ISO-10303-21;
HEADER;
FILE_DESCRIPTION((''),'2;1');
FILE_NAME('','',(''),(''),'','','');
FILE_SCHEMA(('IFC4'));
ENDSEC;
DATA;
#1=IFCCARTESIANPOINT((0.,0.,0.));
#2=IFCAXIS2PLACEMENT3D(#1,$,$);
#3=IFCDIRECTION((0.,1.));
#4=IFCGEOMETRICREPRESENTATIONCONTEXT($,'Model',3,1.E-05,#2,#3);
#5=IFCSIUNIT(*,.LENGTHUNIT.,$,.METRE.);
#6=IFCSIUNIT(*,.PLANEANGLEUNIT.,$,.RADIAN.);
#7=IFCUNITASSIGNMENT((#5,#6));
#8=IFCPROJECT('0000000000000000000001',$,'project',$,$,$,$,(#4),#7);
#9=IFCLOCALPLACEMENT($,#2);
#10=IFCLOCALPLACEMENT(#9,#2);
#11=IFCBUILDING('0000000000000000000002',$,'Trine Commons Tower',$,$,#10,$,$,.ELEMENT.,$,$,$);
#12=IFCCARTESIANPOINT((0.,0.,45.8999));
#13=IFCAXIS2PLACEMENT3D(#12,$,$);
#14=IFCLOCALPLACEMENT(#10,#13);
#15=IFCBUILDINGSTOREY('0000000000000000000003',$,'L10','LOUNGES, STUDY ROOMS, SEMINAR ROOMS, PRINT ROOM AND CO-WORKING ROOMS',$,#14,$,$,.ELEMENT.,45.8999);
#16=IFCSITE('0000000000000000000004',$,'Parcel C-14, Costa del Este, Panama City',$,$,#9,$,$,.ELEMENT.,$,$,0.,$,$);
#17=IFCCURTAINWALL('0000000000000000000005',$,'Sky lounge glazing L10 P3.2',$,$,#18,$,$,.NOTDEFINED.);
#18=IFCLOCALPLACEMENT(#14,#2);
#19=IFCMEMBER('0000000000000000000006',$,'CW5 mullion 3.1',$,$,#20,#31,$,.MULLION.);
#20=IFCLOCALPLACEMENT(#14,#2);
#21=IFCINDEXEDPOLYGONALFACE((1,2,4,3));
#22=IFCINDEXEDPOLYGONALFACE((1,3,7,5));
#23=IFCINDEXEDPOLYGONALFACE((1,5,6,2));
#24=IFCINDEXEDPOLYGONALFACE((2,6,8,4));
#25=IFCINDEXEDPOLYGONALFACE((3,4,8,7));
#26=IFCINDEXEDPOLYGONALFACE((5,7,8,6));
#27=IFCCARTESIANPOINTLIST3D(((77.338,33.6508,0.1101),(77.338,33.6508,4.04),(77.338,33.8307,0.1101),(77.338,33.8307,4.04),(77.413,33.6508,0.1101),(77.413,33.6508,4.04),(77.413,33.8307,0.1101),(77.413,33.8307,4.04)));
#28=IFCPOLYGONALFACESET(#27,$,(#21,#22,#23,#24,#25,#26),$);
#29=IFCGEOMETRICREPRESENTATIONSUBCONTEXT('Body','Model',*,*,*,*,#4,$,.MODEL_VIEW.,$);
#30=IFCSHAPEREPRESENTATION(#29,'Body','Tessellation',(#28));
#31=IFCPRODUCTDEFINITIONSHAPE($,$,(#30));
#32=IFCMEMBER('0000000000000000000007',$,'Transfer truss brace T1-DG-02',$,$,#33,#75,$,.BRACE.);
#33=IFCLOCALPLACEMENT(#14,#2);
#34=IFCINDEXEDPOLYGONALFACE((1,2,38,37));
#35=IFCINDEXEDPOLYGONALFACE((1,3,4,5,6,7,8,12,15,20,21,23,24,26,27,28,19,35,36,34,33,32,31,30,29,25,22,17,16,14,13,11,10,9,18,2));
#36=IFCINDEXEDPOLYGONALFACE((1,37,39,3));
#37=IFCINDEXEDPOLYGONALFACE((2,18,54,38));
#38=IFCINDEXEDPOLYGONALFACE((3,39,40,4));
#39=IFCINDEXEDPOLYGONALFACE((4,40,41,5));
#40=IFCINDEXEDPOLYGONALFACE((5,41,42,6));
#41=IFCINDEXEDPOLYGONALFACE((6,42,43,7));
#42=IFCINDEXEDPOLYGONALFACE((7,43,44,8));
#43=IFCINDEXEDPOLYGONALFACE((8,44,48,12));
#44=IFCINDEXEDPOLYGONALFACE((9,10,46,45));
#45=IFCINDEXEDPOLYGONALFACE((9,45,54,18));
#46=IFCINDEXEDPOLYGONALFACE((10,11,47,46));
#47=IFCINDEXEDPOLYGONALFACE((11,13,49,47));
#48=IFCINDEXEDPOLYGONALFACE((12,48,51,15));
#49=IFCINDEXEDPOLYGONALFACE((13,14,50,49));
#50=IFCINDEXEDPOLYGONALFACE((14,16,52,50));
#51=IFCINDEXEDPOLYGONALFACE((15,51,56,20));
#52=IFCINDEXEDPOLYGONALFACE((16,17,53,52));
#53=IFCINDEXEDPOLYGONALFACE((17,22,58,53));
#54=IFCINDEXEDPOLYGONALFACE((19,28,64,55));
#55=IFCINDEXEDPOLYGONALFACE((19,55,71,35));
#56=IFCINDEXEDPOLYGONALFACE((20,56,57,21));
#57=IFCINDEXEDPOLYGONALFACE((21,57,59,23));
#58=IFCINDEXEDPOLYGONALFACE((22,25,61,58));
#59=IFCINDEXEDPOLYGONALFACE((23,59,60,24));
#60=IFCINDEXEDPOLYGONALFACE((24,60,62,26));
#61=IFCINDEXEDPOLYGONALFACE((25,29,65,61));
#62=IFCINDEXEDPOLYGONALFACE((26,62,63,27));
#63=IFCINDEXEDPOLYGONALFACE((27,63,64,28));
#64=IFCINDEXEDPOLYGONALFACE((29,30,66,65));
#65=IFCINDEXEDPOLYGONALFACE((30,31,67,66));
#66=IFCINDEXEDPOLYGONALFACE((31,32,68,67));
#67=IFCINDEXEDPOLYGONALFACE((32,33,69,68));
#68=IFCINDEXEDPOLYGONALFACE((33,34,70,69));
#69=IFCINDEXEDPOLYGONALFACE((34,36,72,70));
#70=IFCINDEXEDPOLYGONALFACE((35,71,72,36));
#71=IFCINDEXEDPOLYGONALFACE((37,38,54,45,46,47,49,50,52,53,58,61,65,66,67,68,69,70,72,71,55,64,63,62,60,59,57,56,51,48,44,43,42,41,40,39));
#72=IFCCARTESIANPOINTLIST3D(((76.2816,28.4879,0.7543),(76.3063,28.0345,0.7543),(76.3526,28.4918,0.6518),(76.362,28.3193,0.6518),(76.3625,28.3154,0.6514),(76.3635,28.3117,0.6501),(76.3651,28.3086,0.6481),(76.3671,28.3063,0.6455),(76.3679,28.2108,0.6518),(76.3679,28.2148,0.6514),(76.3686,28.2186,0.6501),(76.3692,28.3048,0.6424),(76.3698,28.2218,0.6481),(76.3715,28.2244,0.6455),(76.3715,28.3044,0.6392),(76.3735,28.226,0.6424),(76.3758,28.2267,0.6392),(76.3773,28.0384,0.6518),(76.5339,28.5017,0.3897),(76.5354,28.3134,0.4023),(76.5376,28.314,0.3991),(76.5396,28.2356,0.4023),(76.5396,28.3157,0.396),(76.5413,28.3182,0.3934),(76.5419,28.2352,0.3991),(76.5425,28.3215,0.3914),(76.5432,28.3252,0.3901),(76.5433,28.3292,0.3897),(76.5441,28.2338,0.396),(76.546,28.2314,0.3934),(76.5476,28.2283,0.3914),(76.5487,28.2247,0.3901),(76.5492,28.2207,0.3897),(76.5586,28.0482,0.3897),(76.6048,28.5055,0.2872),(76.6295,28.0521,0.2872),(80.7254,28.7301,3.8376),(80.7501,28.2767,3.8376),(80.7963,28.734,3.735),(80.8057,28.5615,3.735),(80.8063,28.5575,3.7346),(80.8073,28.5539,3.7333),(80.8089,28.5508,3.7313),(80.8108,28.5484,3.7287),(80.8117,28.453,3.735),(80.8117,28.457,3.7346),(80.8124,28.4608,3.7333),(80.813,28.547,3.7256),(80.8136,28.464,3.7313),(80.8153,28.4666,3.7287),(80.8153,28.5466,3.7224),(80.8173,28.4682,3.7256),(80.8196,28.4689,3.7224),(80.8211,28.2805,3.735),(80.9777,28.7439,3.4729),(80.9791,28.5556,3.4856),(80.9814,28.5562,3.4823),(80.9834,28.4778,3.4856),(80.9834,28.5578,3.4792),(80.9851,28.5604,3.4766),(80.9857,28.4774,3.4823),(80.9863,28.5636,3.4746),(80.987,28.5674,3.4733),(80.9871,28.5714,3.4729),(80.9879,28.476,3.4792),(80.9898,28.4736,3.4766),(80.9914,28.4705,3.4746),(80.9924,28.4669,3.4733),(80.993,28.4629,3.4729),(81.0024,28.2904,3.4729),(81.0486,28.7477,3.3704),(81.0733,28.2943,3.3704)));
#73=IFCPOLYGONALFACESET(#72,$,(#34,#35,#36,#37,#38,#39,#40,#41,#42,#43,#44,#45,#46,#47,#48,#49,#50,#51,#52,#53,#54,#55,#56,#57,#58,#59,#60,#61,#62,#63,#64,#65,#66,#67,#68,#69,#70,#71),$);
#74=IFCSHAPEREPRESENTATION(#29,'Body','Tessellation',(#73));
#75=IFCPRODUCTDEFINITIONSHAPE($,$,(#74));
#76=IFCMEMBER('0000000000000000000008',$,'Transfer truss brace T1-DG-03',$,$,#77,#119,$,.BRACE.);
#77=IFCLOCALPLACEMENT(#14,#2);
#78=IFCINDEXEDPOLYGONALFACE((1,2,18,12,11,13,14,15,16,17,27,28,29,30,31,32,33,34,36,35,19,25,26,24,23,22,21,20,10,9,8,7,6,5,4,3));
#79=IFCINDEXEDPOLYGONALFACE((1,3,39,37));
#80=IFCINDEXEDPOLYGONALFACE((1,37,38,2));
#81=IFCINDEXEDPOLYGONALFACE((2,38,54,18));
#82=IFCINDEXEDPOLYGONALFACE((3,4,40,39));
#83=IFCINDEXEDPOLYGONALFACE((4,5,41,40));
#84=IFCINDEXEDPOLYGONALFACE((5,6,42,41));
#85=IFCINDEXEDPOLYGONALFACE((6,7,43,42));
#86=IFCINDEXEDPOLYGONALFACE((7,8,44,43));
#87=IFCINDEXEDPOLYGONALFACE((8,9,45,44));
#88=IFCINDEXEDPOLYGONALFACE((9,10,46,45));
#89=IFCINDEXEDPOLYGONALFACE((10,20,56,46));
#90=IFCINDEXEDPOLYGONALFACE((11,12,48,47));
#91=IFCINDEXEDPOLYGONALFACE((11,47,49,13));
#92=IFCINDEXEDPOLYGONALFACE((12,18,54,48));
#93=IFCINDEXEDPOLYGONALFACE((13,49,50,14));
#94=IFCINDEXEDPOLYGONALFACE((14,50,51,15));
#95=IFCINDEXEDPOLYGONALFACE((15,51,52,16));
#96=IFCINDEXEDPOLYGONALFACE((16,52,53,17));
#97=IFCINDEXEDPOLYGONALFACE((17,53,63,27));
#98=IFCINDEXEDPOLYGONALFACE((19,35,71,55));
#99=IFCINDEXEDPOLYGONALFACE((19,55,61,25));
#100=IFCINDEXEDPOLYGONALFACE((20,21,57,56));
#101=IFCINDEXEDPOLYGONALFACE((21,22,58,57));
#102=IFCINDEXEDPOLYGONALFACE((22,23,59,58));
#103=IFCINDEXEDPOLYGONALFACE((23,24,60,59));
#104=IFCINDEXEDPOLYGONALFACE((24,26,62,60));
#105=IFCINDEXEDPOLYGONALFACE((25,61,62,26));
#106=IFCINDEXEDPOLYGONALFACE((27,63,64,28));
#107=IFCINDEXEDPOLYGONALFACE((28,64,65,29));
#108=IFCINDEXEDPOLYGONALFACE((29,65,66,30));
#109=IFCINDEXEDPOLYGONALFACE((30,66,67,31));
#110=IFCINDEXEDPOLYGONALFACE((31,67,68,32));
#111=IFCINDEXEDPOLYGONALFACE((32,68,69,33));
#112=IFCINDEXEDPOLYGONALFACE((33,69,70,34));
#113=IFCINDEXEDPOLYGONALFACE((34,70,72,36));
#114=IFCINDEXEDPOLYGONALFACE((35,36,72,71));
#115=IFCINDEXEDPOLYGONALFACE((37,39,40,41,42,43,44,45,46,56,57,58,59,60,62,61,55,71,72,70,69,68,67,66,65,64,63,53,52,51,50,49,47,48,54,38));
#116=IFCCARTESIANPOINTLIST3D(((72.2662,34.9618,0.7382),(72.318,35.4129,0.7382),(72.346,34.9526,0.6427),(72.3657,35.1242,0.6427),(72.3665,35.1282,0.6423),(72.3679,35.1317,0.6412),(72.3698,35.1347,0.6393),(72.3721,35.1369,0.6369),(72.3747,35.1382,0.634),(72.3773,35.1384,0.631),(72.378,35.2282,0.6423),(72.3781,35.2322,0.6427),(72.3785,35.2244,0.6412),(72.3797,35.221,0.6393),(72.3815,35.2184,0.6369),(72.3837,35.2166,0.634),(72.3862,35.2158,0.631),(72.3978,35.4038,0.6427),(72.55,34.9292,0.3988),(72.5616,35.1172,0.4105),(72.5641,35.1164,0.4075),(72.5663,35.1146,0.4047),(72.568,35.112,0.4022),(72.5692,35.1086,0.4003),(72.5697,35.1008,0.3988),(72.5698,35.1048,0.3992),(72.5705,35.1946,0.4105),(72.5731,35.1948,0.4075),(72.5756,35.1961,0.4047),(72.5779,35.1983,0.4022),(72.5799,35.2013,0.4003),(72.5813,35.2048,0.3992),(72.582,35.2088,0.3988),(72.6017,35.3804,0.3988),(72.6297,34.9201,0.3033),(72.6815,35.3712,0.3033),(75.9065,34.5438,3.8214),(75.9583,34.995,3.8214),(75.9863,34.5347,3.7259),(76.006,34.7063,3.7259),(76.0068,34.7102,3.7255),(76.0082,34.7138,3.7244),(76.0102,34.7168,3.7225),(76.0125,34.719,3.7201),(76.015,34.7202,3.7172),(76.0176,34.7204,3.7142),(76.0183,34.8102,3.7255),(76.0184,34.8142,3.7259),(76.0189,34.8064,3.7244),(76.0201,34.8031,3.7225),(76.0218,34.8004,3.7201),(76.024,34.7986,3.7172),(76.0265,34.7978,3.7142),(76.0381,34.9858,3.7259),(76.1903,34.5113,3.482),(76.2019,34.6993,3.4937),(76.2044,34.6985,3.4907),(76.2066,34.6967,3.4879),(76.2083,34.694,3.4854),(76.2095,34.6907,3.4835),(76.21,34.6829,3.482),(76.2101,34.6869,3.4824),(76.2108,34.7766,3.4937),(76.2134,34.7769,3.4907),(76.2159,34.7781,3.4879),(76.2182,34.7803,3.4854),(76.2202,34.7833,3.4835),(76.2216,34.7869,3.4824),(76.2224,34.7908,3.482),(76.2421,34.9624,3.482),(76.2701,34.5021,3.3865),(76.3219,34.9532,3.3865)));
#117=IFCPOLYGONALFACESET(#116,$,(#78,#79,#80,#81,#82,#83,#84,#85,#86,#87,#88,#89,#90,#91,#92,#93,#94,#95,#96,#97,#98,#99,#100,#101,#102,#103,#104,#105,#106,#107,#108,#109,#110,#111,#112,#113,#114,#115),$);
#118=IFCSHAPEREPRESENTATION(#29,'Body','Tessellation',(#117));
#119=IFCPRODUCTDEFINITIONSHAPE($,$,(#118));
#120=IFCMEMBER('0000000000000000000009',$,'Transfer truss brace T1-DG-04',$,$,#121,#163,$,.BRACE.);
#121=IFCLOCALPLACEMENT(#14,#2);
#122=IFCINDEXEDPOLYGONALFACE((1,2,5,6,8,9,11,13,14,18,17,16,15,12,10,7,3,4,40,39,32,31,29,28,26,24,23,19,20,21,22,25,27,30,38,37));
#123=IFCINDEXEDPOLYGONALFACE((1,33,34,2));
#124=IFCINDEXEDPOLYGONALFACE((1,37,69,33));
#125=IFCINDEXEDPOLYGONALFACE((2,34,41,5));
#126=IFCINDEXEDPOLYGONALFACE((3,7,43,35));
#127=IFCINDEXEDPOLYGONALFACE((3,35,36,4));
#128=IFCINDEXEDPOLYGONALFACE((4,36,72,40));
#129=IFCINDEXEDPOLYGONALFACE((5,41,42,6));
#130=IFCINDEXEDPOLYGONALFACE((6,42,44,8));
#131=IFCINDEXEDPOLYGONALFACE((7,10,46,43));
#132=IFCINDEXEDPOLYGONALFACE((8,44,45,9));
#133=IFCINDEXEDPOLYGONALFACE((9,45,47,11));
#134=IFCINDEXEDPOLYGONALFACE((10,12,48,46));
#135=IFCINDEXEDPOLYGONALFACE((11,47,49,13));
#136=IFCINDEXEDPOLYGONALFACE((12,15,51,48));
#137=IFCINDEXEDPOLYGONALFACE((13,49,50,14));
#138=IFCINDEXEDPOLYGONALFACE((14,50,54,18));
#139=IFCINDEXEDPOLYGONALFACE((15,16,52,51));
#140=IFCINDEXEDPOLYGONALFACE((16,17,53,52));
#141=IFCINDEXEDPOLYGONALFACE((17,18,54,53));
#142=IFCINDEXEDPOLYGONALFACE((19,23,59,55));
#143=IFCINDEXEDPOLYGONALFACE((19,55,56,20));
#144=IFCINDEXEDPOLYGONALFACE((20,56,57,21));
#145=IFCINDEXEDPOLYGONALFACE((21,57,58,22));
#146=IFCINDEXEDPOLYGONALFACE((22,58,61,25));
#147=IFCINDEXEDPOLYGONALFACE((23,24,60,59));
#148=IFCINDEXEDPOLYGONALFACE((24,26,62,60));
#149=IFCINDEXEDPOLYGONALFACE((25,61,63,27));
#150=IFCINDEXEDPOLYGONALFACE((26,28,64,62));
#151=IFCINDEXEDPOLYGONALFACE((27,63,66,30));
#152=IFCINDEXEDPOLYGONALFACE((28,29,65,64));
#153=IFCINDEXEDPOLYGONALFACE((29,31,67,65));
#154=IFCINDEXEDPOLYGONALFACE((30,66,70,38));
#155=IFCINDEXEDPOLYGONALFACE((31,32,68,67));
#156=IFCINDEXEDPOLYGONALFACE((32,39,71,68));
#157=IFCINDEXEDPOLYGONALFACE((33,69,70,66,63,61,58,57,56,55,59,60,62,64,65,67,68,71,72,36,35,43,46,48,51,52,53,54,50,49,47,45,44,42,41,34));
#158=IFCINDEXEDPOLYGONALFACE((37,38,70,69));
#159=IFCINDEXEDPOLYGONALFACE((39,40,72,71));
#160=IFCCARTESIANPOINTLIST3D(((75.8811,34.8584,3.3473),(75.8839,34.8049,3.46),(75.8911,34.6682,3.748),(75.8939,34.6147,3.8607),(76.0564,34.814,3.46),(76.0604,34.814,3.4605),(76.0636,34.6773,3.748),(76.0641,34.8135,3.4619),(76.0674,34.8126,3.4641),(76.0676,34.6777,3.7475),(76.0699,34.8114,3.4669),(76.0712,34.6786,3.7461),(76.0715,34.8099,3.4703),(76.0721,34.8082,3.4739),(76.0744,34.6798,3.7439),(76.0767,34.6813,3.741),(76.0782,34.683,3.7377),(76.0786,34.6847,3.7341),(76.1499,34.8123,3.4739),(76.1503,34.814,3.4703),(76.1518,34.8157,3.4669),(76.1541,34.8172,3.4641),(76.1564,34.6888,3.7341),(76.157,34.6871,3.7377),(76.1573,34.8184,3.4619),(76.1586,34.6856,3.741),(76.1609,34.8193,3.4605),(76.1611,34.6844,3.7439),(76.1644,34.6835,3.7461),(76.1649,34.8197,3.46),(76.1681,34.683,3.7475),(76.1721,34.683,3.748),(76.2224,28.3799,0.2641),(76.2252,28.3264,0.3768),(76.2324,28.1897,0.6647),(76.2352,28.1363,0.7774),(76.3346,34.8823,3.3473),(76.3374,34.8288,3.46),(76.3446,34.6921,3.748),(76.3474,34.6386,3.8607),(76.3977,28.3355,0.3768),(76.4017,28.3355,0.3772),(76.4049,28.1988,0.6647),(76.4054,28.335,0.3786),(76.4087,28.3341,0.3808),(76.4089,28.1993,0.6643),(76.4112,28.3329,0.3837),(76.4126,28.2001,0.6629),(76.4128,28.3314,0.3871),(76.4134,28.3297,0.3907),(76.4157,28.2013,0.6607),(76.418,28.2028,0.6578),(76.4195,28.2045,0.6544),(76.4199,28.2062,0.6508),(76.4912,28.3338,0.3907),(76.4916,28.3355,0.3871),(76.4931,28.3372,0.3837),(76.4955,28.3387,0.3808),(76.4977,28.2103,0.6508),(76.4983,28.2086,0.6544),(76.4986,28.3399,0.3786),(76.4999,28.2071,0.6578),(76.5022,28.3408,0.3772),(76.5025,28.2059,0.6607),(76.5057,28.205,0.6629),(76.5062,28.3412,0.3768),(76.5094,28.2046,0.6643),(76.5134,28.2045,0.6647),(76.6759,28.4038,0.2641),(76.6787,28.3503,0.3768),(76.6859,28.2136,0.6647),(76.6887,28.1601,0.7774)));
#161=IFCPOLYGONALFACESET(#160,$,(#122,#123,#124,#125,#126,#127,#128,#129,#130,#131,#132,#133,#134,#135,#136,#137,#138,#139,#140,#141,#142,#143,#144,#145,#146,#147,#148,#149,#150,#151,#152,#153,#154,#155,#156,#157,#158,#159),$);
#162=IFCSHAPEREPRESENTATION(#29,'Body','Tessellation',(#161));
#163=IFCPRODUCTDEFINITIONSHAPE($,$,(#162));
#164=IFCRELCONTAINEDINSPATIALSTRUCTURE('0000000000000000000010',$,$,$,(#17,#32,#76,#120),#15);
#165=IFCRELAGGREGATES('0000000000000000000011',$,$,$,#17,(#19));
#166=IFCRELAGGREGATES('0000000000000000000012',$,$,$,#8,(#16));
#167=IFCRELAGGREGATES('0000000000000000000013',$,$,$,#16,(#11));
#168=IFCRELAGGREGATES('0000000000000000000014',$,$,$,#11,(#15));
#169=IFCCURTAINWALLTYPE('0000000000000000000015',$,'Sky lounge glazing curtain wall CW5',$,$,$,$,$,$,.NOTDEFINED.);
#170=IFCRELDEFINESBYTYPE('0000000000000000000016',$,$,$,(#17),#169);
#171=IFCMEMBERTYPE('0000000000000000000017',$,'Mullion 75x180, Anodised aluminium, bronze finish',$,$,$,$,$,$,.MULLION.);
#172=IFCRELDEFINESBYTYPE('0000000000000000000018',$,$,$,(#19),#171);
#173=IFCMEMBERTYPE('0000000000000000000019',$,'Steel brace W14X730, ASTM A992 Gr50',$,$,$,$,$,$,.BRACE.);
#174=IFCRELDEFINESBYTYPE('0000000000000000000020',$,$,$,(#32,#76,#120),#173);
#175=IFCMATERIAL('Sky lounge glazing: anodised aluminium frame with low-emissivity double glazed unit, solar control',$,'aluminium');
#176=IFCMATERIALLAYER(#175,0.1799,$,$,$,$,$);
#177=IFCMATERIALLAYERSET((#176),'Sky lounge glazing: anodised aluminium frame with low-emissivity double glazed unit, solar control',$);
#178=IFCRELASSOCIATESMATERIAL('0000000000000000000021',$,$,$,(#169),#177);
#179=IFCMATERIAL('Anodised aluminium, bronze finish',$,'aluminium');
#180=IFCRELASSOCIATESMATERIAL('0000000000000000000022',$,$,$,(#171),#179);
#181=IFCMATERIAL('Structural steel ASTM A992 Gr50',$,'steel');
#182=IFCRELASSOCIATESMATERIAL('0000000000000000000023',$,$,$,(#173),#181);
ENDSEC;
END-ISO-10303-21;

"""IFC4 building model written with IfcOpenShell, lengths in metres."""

from ifc_helpers import new_model, si_unit, direction, frame, origin, origin_2d, place, context, subcontext, project, spatial, rectangle, i_section, extrude, material, layer, layer_set, material_profile, profile_set, type_object, element, aggregate, save


model = new_model("IFC4")

# Units and contexts
model_context = context("Model", 3, precision=1e-05, world=origin(), true_north=direction((0.0, 1.0)))
body_context = subcontext(model_context, "Body", "Model", "MODEL_VIEW")
ifc_project = project(units=[si_unit("LENGTHUNIT", "METRE"), si_unit("PLANEANGLEUNIT", "RADIAN")], contexts=[model_context])

# Site, building, storey
site_placement = place(None, origin())
site = spatial("IfcSite", under=ifc_project, at=site_placement, Name="Parcel C-14, Costa del Este, Panama City", CompositionType="ELEMENT", RefElevation=0.0)
building_placement = place(site_placement, origin())
building = spatial("IfcBuilding", under=site, at=building_placement, Name="Trine Commons Tower", CompositionType="ELEMENT")
storey_placement = place(building_placement, frame((0.0, 0.0, 45.8999)))
storey = spatial("IfcBuildingStorey", under=building, at=storey_placement, Name="L10", Description="LOUNGES, STUDY ROOMS, SEMINAR ROOMS, PRINT ROOM AND CO-WORKING ROOMS", CompositionType="ELEMENT", Elevation=45.8999)

# Curtain wall, member
ifc_material_1 = material(Name="Sky lounge glazing: anodised aluminium frame with low-emissivity double glazed unit, solar control", Category="aluminium")
ifc_layer_1 = layer(ifc_material_1, 0.1799)
ifc_layer_set_1 = layer_set([ifc_layer_1], Name="Sky lounge glazing: anodised aluminium frame with low-emissivity double glazed unit, solar control")
curtain_wall_type = type_object("IfcCurtainWallType", Name="Sky lounge glazing curtain wall CW5", PredefinedType="NOTDEFINED", material=ifc_layer_set_1)
curtain_wall_placement = place(storey_placement, origin())
curtain_wall = element("IfcCurtainWall", 1, at=curtain_wall_placement, inside=storey, type_object=curtain_wall_type, Name="Sky lounge glazing L10 P3.2", PredefinedType="NOTDEFINED")
ifc_material_2 = material(Name="Anodised aluminium, bronze finish", Category="aluminium")
ifc_material_profile_1 = material_profile(ifc_material_2, rectangle(XDim=0.1799, YDim=0.075, at=origin_2d()), Name="Mullion 75x180")
ifc_profile_set_1 = profile_set([ifc_material_profile_1], Name="Anodised aluminium, bronze finish")
member_type_1 = type_object("IfcMemberType", Name="Mullion 75x180, Anodised aluminium, bronze finish", PredefinedType="MULLION", material=ifc_profile_set_1)
member_1_placement = place(storey_placement, frame((77.3755, 33.7407, 0.1101), z_axis=(0.0, 0.0, 1.0), x_axis=(0.0, -1.0, 0.0)))
member_1 = element("IfcMember", 2, at=member_1_placement, type_object=member_type_1, Name="CW5 mullion 3.1", PredefinedType="MULLION", context=body_context, shape_type="SweptSolid", body=[
    extrude(rectangle(XDim=0.1799, YDim=0.075, at=origin_2d()), origin(), (0.0, 0.0, 1.0), 3.9299),
])

# Members
ifc_material_3 = material(Name="Structural steel ASTM A992 Gr50", Category="steel")
ifc_material_profile_2 = material_profile(ifc_material_3, i_section(OverallWidth=0.4541, OverallDepth=0.5684, WebThickness=0.0779, FlangeThickness=0.1248, FilletRadius=0.0154, at=origin_2d()), Name="W14X730")
ifc_profile_set_2 = profile_set([ifc_material_profile_2], Name="Structural steel ASTM A992 Gr50")
member_type_2 = type_object("IfcMemberType", Name="Steel brace W14X730, ASTM A992 Gr50", PredefinedType="BRACE", material=ifc_profile_set_2)
member_2_placement = place(storey_placement, frame((76.4556, 28.27, 0.5208), z_axis=(0.820786, 0.044732, 0.569482), x_axis=(-0.054419, 0.998518, 0.0)))
element("IfcMember", 3, at=member_2_placement, inside=storey, type_object=member_type_2, Name="Transfer truss brace T1-DG-02", PredefinedType="BRACE", context=body_context, shape_type="SweptSolid", body=[
    extrude(i_section(OverallWidth=0.4541, OverallDepth=0.5684, WebThickness=0.0779, FlangeThickness=0.1248, FilletRadius=0.0154, at=origin_2d()), origin(), (0.0, 0.0, 1.0), 5.4141),
])
member_3_placement = place(storey_placement, frame((72.4739, 35.1665, 0.5208), z_axis=(0.760171, -0.087279, 0.643834), x_axis=(0.114065, 0.993473, 0.0)))
element("IfcMember", 4, at=member_3_placement, inside=storey, type_object=member_type_2, Name="Transfer truss brace T1-DG-03", PredefinedType="BRACE", context=body_context, shape_type="SweptSolid", body=[
    extrude(i_section(OverallWidth=0.4541, OverallDepth=0.5684, WebThickness=0.0779, FlangeThickness=0.1248, FilletRadius=0.0154, at=origin_2d()), origin(), (0.0, 0.0, 1.0), 4.7888),
])
member_4_placement = place(storey_placement, frame((76.4556, 28.27, 0.5208), z_axis=(-0.047517, 0.901936, 0.429249), x_axis=(-0.998615, -0.05261, 0.0)))
element("IfcMember", 5, at=member_4_placement, inside=storey, type_object=member_type_2, Name="Transfer truss brace T1-DG-04", PredefinedType="BRACE", context=body_context, shape_type="SweptSolid", body=[
    extrude(i_section(OverallWidth=0.4541, OverallDepth=0.5684, WebThickness=0.0779, FlangeThickness=0.1248, FilletRadius=0.0154, at=origin_2d()), origin(), (0.0, 0.0, 1.0), 7.1829),
])

aggregate(curtain_wall, [member_1])

save(model, "model.ifc")
